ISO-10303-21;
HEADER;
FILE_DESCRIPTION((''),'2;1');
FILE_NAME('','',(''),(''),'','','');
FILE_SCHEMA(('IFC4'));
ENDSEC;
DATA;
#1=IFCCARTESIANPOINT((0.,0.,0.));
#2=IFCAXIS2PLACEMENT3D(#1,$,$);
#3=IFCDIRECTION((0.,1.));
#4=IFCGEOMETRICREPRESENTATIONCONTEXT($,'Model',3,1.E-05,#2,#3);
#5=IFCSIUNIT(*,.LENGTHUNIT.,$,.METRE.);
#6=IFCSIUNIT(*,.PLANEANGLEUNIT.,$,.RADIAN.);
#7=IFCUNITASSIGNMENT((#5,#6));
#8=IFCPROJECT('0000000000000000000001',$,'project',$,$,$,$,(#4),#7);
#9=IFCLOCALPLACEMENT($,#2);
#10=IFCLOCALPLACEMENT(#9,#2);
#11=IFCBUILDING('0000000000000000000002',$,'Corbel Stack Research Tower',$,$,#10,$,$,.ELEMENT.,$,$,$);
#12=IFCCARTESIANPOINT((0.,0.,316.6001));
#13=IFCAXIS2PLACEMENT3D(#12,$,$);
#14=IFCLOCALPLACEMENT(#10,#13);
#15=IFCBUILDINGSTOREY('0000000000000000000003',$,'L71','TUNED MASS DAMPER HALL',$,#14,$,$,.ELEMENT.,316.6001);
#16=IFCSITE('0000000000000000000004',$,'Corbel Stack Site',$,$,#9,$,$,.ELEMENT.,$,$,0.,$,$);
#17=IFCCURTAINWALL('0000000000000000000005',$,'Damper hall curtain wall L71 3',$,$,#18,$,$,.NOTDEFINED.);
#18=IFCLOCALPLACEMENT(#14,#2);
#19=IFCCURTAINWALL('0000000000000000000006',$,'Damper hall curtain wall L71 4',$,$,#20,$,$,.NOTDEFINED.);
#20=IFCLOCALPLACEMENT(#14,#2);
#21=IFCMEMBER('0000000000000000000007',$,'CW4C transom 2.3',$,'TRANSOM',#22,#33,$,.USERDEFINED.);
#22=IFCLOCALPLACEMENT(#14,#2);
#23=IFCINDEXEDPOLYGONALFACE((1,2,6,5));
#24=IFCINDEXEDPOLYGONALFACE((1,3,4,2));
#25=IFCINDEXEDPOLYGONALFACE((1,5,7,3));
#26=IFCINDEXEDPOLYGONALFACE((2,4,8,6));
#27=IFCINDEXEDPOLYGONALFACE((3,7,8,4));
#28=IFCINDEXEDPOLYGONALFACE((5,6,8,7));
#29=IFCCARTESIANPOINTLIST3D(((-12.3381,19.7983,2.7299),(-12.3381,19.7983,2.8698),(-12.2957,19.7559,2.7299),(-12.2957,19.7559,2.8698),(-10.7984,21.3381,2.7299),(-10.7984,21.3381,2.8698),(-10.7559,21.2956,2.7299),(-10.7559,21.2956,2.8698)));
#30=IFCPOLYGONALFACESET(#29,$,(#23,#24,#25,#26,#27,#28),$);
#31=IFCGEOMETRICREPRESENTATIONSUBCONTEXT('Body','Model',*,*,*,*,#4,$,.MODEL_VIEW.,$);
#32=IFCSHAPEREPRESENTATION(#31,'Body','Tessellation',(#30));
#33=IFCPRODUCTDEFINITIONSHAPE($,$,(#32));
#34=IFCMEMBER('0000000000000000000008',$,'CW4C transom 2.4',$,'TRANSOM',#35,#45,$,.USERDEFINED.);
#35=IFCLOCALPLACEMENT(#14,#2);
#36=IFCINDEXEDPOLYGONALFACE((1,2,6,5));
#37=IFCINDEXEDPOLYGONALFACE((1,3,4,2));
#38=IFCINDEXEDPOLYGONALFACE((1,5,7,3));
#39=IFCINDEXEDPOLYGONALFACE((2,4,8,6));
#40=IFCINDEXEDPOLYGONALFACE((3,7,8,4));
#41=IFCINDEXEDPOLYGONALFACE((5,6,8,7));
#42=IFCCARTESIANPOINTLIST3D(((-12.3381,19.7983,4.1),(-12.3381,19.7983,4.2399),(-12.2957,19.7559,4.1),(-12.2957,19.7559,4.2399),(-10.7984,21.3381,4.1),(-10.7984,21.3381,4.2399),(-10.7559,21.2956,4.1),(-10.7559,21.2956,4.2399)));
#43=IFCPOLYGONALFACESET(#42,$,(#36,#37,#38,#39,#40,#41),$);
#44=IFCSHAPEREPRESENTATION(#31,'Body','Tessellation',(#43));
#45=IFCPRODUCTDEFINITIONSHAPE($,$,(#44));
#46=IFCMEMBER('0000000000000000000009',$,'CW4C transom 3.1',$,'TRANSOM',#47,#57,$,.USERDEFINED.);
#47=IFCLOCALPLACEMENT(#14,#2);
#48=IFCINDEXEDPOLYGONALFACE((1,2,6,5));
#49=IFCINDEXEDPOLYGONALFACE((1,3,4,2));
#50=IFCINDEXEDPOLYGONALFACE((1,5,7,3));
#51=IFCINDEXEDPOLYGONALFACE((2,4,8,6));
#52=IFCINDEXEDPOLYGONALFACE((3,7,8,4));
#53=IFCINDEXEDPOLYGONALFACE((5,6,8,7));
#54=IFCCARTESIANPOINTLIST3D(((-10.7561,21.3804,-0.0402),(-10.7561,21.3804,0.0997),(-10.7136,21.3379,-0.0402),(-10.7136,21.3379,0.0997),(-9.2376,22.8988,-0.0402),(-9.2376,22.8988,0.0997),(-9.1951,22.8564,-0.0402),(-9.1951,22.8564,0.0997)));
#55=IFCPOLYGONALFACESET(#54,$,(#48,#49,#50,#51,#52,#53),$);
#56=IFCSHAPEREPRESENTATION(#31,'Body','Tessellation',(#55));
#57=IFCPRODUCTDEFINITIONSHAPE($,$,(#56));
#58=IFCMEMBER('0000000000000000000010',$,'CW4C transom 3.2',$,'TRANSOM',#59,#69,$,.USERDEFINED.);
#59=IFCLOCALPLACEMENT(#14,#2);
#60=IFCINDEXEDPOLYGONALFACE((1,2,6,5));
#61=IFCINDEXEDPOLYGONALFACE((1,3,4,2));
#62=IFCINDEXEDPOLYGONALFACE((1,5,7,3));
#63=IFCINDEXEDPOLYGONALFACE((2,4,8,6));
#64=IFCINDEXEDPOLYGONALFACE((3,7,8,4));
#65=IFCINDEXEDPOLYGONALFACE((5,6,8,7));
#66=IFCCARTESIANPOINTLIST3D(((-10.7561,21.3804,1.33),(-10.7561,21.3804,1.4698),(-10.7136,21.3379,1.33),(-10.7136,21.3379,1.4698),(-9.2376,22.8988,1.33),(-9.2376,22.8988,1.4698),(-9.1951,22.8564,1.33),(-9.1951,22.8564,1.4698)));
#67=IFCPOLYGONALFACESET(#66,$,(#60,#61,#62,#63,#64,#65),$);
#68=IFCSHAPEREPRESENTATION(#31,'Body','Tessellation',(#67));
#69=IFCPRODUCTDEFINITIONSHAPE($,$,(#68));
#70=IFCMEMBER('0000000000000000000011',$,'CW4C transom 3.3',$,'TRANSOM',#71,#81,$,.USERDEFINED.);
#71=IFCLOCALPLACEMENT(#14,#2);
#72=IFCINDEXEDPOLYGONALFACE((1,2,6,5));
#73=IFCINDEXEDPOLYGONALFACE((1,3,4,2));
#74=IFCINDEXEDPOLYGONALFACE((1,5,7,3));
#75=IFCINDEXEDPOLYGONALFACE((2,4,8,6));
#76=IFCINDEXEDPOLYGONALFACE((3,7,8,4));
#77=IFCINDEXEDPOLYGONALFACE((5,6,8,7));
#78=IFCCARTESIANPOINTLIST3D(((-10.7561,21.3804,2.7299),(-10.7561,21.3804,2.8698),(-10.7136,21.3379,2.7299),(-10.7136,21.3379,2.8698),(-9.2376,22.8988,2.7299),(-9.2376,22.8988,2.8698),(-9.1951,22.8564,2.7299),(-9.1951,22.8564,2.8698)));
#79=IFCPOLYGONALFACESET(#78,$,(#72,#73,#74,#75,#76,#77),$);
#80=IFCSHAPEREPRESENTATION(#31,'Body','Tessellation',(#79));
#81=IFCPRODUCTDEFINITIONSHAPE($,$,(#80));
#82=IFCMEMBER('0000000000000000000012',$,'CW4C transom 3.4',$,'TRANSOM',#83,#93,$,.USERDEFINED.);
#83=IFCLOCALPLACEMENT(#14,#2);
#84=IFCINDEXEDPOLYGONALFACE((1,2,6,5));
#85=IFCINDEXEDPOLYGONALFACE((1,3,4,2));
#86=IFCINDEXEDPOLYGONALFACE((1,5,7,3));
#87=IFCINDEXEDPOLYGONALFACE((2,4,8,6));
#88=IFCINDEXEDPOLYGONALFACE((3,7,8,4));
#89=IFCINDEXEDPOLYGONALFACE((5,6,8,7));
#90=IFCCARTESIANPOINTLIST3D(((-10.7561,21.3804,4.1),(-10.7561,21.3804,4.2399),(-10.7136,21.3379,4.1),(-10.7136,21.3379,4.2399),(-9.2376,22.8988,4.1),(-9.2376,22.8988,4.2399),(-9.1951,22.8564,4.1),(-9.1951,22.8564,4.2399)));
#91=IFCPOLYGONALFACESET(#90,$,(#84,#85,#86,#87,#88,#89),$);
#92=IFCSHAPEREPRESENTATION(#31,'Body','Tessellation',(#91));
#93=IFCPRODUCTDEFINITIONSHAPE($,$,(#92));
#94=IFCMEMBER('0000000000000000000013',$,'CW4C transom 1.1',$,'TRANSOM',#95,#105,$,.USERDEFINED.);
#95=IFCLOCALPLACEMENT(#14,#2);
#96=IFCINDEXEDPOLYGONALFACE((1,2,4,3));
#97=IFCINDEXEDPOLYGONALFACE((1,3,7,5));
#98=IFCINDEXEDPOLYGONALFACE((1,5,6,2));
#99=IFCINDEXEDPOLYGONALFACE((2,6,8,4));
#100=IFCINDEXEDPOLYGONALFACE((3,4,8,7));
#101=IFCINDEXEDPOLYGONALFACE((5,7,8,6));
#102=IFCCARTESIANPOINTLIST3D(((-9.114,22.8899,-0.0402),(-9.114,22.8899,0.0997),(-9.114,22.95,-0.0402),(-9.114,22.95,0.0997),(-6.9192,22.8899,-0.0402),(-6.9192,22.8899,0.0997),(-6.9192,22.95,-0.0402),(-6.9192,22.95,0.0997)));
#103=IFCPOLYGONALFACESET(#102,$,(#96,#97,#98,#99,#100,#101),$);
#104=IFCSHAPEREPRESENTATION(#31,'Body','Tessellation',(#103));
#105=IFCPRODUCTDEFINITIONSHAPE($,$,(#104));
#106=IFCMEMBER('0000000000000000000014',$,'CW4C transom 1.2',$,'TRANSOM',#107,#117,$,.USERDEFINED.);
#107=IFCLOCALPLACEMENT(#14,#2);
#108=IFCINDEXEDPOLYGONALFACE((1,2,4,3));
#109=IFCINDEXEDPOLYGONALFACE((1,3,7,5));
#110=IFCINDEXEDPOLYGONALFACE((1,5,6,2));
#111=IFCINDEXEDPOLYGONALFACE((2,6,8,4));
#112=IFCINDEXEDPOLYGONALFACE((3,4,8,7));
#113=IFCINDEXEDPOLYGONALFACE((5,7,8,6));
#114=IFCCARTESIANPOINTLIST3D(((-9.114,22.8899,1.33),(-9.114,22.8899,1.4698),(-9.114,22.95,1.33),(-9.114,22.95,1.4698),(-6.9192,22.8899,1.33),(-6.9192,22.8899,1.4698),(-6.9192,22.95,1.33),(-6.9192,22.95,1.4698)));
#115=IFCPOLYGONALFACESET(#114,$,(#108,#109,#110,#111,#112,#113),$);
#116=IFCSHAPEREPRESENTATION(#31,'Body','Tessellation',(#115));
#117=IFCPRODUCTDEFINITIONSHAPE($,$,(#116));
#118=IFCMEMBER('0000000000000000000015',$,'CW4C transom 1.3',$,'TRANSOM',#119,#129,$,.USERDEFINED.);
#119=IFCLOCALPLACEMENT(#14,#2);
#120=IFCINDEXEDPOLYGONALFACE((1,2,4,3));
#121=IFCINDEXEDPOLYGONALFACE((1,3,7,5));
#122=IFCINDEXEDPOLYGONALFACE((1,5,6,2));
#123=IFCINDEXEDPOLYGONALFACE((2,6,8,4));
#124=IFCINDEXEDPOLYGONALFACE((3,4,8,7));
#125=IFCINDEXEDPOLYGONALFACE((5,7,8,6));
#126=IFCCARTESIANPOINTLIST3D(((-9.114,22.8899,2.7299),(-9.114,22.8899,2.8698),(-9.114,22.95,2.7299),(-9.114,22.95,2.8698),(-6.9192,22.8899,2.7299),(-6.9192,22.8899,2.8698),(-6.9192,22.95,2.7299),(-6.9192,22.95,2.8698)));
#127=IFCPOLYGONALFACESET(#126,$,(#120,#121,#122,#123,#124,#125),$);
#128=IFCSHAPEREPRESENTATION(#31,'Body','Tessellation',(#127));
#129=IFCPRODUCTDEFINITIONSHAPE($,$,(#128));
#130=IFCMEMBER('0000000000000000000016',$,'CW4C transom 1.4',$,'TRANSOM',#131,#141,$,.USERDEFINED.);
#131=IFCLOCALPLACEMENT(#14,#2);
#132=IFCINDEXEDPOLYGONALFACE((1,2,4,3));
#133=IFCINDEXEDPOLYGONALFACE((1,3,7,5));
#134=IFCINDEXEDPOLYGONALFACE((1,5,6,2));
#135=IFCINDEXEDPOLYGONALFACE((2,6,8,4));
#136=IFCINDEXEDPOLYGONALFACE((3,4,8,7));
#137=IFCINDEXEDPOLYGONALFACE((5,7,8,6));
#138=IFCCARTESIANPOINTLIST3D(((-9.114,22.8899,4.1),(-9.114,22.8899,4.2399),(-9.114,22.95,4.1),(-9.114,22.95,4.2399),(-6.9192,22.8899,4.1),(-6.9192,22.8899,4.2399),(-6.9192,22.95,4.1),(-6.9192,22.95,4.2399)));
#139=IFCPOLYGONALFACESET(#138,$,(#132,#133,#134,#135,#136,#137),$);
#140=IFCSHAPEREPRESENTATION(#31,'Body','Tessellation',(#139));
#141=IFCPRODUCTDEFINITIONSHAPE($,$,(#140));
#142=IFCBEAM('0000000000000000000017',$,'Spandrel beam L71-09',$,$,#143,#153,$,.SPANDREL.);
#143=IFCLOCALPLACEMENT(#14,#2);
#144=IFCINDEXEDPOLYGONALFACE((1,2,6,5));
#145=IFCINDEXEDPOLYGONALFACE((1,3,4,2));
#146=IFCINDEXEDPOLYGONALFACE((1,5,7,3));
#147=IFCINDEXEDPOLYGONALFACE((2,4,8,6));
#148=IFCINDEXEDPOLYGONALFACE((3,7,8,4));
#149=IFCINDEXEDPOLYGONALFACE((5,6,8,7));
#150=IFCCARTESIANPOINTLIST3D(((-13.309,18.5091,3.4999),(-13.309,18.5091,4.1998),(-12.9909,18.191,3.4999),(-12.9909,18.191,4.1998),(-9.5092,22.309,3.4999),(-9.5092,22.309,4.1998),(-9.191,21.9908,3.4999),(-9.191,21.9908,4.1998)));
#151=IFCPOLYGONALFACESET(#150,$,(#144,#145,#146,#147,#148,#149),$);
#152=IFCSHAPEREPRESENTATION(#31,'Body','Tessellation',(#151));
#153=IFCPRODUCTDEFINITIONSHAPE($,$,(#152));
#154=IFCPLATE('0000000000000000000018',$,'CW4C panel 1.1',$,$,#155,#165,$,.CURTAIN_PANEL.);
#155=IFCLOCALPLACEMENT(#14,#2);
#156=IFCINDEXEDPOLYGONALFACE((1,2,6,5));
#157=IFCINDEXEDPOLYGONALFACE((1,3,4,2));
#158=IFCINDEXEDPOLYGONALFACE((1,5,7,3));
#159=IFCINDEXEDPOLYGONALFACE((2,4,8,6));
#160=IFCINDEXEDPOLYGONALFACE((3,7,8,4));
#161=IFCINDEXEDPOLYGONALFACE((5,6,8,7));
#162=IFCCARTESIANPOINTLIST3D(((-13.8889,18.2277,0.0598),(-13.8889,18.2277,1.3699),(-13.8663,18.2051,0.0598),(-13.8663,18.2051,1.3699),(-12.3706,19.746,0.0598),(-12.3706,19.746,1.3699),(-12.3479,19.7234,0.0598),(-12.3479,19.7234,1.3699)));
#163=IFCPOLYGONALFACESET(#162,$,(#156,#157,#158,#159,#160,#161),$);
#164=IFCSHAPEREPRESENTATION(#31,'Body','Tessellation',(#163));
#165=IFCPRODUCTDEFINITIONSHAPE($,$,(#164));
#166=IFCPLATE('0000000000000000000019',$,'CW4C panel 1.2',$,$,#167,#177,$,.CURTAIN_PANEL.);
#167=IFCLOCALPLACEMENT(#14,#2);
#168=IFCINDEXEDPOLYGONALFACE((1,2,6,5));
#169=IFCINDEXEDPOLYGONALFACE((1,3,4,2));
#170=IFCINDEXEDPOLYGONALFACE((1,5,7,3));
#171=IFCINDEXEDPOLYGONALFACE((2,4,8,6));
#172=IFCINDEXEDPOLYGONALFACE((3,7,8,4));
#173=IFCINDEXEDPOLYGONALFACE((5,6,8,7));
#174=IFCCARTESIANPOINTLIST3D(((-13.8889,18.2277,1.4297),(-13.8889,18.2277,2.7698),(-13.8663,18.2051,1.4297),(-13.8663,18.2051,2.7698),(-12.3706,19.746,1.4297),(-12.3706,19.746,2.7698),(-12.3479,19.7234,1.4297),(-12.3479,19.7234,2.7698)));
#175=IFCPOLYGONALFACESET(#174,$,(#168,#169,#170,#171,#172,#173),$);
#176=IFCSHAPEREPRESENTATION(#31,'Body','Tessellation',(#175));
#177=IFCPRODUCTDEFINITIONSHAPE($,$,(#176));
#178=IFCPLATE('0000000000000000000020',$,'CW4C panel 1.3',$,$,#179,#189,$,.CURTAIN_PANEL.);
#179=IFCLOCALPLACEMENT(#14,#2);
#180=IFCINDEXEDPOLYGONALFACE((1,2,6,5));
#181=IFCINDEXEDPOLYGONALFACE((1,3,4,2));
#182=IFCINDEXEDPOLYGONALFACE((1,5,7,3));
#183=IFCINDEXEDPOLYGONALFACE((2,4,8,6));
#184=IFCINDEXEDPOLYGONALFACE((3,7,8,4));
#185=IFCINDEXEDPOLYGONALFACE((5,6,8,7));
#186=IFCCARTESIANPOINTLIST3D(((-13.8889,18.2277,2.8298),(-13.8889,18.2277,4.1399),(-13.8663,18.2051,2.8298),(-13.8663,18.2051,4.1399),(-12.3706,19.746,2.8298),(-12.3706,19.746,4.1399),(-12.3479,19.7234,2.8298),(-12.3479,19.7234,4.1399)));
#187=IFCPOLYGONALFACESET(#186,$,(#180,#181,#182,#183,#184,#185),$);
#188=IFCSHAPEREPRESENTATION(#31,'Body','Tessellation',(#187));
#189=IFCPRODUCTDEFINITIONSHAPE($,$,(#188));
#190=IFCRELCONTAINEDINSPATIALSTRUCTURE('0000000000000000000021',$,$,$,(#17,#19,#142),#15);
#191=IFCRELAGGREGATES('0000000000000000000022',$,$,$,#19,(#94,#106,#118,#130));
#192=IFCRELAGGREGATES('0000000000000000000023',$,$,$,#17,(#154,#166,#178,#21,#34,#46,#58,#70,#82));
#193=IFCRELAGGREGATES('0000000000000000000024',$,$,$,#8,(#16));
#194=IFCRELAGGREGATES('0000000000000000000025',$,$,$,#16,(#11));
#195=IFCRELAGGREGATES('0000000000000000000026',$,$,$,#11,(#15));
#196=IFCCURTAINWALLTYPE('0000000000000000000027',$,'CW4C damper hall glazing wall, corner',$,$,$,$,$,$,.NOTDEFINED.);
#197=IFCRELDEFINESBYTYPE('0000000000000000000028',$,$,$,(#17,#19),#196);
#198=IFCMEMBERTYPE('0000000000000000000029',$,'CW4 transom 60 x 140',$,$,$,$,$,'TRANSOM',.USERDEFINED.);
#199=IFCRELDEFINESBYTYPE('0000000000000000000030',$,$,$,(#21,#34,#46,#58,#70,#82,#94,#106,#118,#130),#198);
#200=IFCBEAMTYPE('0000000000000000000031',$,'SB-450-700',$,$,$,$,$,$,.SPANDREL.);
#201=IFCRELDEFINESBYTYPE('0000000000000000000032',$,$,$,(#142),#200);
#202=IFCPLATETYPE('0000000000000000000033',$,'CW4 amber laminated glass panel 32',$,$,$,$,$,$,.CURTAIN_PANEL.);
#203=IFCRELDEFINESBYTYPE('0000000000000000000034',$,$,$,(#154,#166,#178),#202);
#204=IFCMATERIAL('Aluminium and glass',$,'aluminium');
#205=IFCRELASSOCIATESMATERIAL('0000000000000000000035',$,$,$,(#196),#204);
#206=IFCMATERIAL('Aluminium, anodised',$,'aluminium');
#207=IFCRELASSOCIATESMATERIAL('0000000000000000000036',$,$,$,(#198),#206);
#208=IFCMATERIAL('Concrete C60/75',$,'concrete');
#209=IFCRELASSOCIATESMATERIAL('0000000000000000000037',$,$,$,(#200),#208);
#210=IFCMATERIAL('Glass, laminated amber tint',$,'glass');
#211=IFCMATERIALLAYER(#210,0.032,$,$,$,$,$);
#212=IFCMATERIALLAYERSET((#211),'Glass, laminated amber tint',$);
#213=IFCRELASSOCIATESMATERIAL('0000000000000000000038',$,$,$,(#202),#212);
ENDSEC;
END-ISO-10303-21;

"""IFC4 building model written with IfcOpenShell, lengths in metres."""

from ifc_helpers import new_model, si_unit, direction, frame, origin, origin_2d, place, context, subcontext, project, spatial, rectangle, extrude, material, layer, layer_set, material_profile, profile_set, type_object, element, aggregate, save


model = new_model("IFC4")

# Units and contexts
model_context = context("Model", 3, precision=1e-05, world=origin(), true_north=direction((0.0, 1.0)))
body_context = subcontext(model_context, "Body", "Model", "MODEL_VIEW")
ifc_project = project(units=[si_unit("LENGTHUNIT", "METRE"), si_unit("PLANEANGLEUNIT", "RADIAN")], contexts=[model_context])

# Site, building, storey
site_placement = place(None, origin())
site = spatial("IfcSite", under=ifc_project, at=site_placement, Name="Corbel Stack Site", CompositionType="ELEMENT", RefElevation=0.0)
building_placement = place(site_placement, origin())
building = spatial("IfcBuilding", under=site, at=building_placement, Name="Corbel Stack Research Tower", CompositionType="ELEMENT")
storey_placement = place(building_placement, frame((0.0, 0.0, 316.6001)))
storey = spatial("IfcBuildingStorey", under=building, at=storey_placement, Name="L71", Description="TUNED MASS DAMPER HALL", CompositionType="ELEMENT", Elevation=316.6001)

# Shared definitions
ifc_material_1 = material(Name="Aluminium and glass", Category="aluminium")
curtain_wall_type = type_object("IfcCurtainWallType", Name="CW4C damper hall glazing wall, corner", PredefinedType="NOTDEFINED", material=ifc_material_1)

# Curtain wall
curtain_wall_1_placement = place(storey_placement, origin())
curtain_wall_1 = element("IfcCurtainWall", 1, at=curtain_wall_1_placement, inside=storey, type_object=curtain_wall_type, Name="Damper hall curtain wall L71 3", PredefinedType="NOTDEFINED")

# Curtain wall
curtain_wall_2_placement = place(storey_placement, origin())
curtain_wall_2 = element("IfcCurtainWall", 2, at=curtain_wall_2_placement, inside=storey, type_object=curtain_wall_type, Name="Damper hall curtain wall L71 4", PredefinedType="NOTDEFINED")

# Members
ifc_material_2 = material(Name="Aluminium, anodised", Category="aluminium")
ifc_material_profile_1 = material_profile(ifc_material_2, rectangle(XDim=0.0601, YDim=0.1399, at=origin_2d()), Name="CW4 transom 60 x 140")
ifc_profile_set_1 = profile_set([ifc_material_profile_1], Name="Aluminium, anodised")
member_type_1 = type_object("IfcMemberType", Name="CW4 transom 60 x 140", ElementType="TRANSOM", PredefinedType="USERDEFINED", material=ifc_profile_set_1)
member_1_placement = place(storey_placement, frame((-12.3169, 19.7771, 2.7998), z_axis=(0.707107, 0.707107, 0.0), x_axis=(-0.707107, 0.707107, 0.0)))
member_1 = element("IfcMember", 3, at=member_1_placement, type_object=member_type_1, Name="CW4C transom 2.3", ObjectType="TRANSOM", PredefinedType="USERDEFINED", context=body_context, shape_type="SweptSolid", body=[
    extrude(rectangle(XDim=0.0601, YDim=0.1399, at=origin_2d()), origin(), (0.0, 0.0, 1.0), 2.1775),
])
member_2_placement = place(storey_placement, frame((-12.3169, 19.7771, 4.1699), z_axis=(0.707107, 0.707107, 0.0), x_axis=(-0.707107, 0.707107, 0.0)))
member_2 = element("IfcMember", 4, at=member_2_placement, type_object=member_type_1, Name="CW4C transom 2.4", ObjectType="TRANSOM", PredefinedType="USERDEFINED", context=body_context, shape_type="SweptSolid", body=[
    extrude(rectangle(XDim=0.0601, YDim=0.1399, at=origin_2d()), origin(), (0.0, 0.0, 1.0), 2.1775),
])
member_3_placement = place(storey_placement, frame((-10.7349, 21.3591, 0.0298), z_axis=(0.707107, 0.707107, 0.0), x_axis=(-0.707107, 0.707107, 0.0)))
member_3 = element("IfcMember", 5, at=member_3_placement, type_object=member_type_1, Name="CW4C transom 3.1", ObjectType="TRANSOM", PredefinedType="USERDEFINED", context=body_context, shape_type="SweptSolid", body=[
    extrude(rectangle(XDim=0.0601, YDim=0.1399, at=origin_2d()), origin(), (0.0, 0.0, 1.0), 2.1475),
])
member_4_placement = place(storey_placement, frame((-10.7349, 21.3591, 1.3999), z_axis=(0.707107, 0.707107, 0.0), x_axis=(-0.707107, 0.707107, 0.0)))
member_4 = element("IfcMember", 6, at=member_4_placement, type_object=member_type_1, Name="CW4C transom 3.2", ObjectType="TRANSOM", PredefinedType="USERDEFINED", context=body_context, shape_type="SweptSolid", body=[
    extrude(rectangle(XDim=0.0601, YDim=0.1399, at=origin_2d()), origin(), (0.0, 0.0, 1.0), 2.1475),
])
member_5_placement = place(storey_placement, frame((-10.7349, 21.3591, 2.7998), z_axis=(0.707107, 0.707107, 0.0), x_axis=(-0.707107, 0.707107, 0.0)))
member_5 = element("IfcMember", 7, at=member_5_placement, type_object=member_type_1, Name="CW4C transom 3.3", ObjectType="TRANSOM", PredefinedType="USERDEFINED", context=body_context, shape_type="SweptSolid", body=[
    extrude(rectangle(XDim=0.0601, YDim=0.1399, at=origin_2d()), origin(), (0.0, 0.0, 1.0), 2.1475),
])
member_6_placement = place(storey_placement, frame((-10.7349, 21.3591, 4.1699), z_axis=(0.707107, 0.707107, 0.0), x_axis=(-0.707107, 0.707107, 0.0)))
member_6 = element("IfcMember", 8, at=member_6_placement, type_object=member_type_1, Name="CW4C transom 3.4", ObjectType="TRANSOM", PredefinedType="USERDEFINED", context=body_context, shape_type="SweptSolid", body=[
    extrude(rectangle(XDim=0.0601, YDim=0.1399, at=origin_2d()), origin(), (0.0, 0.0, 1.0), 2.1475),
])
member_7_placement = place(storey_placement, frame((-9.114, 22.9199, 0.0298), z_axis=(1.0, 0.0, 0.0), x_axis=(0.0, 1.0, 0.0)))
member_7 = element("IfcMember", 9, at=member_7_placement, type_object=member_type_1, Name="CW4C transom 1.1", ObjectType="TRANSOM", PredefinedType="USERDEFINED", context=body_context, shape_type="SweptSolid", body=[
    extrude(rectangle(XDim=0.0601, YDim=0.1399, at=origin_2d()), origin(), (0.0, 0.0, 1.0), 2.1948),
])
member_8_placement = place(storey_placement, frame((-9.114, 22.9199, 1.3999), z_axis=(1.0, 0.0, 0.0), x_axis=(0.0, 1.0, 0.0)))
member_8 = element("IfcMember", 10, at=member_8_placement, type_object=member_type_1, Name="CW4C transom 1.2", ObjectType="TRANSOM", PredefinedType="USERDEFINED", context=body_context, shape_type="SweptSolid", body=[
    extrude(rectangle(XDim=0.0601, YDim=0.1399, at=origin_2d()), origin(), (0.0, 0.0, 1.0), 2.1948),
])
member_9_placement = place(storey_placement, frame((-9.114, 22.9199, 2.7998), z_axis=(1.0, 0.0, 0.0), x_axis=(0.0, 1.0, 0.0)))
member_9 = element("IfcMember", 11, at=member_9_placement, type_object=member_type_1, Name="CW4C transom 1.3", ObjectType="TRANSOM", PredefinedType="USERDEFINED", context=body_context, shape_type="SweptSolid", body=[
    extrude(rectangle(XDim=0.0601, YDim=0.1399, at=origin_2d()), origin(), (0.0, 0.0, 1.0), 2.1948),
])
member_10_placement = place(storey_placement, frame((-9.114, 22.9199, 4.1699), z_axis=(1.0, 0.0, 0.0), x_axis=(0.0, 1.0, 0.0)))
member_10 = element("IfcMember", 12, at=member_10_placement, type_object=member_type_1, Name="CW4C transom 1.4", ObjectType="TRANSOM", PredefinedType="USERDEFINED", context=body_context, shape_type="SweptSolid", body=[
    extrude(rectangle(XDim=0.0601, YDim=0.1399, at=origin_2d()), origin(), (0.0, 0.0, 1.0), 2.1948),
])
aggregate(curtain_wall_2, [member_7, member_8, member_9, member_10])

# Beam
ifc_material_3 = material(Name="Concrete C60/75", Category="concrete")
ifc_material_profile_2 = material_profile(ifc_material_3, rectangle(XDim=0.45, YDim=0.7, at=origin_2d()), Name="RC 450 x 700")
ifc_profile_set_2 = profile_set([ifc_material_profile_2], Name="Concrete C60/75")
beam_type = type_object("IfcBeamType", Name="SB-450-700", PredefinedType="SPANDREL", material=ifc_profile_set_2)
beam_placement = place(storey_placement, frame((-9.3501, 22.1499, 3.8499), z_axis=(-0.707107, -0.707107, 0.0), x_axis=(0.707107, -0.707107, 0.0)))
element("IfcBeam", 13, at=beam_placement, inside=storey, type_object=beam_type, Name="Spandrel beam L71-09", PredefinedType="SPANDREL", context=body_context, shape_type="SweptSolid", body=[
    extrude(rectangle(XDim=0.45, YDim=0.7, at=origin_2d()), origin(), (0.0, 0.0, 1.0), 5.3738),
])

# Plates
ifc_material_4 = material(Name="Glass, laminated amber tint", Category="glass")
ifc_layer_1 = layer(ifc_material_4, 0.032)
ifc_layer_set_1 = layer_set([ifc_layer_1], Name="Glass, laminated amber tint")
plate_type = type_object("IfcPlateType", Name="CW4 amber laminated glass panel 32", PredefinedType="CURTAIN_PANEL", material=ifc_layer_set_1)
plate_1_placement = place(storey_placement, frame((-13.1184, 18.9756, 0.0598), z_axis=(0.0, 0.0, 1.0), x_axis=(0.707107, 0.707107, 0.0)))
plate_1 = element("IfcPlate", 14, at=plate_1_placement, type_object=plate_type, Name="CW4C panel 1.1", PredefinedType="CURTAIN_PANEL", context=body_context, shape_type="SweptSolid", body=[
    extrude(rectangle(XDim=2.1472, YDim=0.032, at=origin_2d()), origin(), (0.0, 0.0, 1.0), 1.3101),
])
plate_2_placement = place(storey_placement, frame((-13.1184, 18.9756, 1.4297), z_axis=(0.0, 0.0, 1.0), x_axis=(0.707107, 0.707107, 0.0)))
plate_2 = element("IfcPlate", 15, at=plate_2_placement, type_object=plate_type, Name="CW4C panel 1.2", PredefinedType="CURTAIN_PANEL", context=body_context, shape_type="SweptSolid", body=[
    extrude(rectangle(XDim=2.1472, YDim=0.032, at=origin_2d()), origin(), (0.0, 0.0, 1.0), 1.3401),
])
plate_3_placement = place(storey_placement, frame((-13.1184, 18.9756, 2.8298), z_axis=(0.0, 0.0, 1.0), x_axis=(0.707107, 0.707107, 0.0)))
plate_3 = element("IfcPlate", 16, at=plate_3_placement, type_object=plate_type, Name="CW4C panel 1.3", PredefinedType="CURTAIN_PANEL", context=body_context, shape_type="SweptSolid", body=[
    extrude(rectangle(XDim=2.1472, YDim=0.032, at=origin_2d()), origin(), (0.0, 0.0, 1.0), 1.3101),
])
aggregate(curtain_wall_1, [plate_1, plate_2, plate_3, member_1, member_2, member_3, member_4, member_5, member_6])

save(model, "model.ifc")
